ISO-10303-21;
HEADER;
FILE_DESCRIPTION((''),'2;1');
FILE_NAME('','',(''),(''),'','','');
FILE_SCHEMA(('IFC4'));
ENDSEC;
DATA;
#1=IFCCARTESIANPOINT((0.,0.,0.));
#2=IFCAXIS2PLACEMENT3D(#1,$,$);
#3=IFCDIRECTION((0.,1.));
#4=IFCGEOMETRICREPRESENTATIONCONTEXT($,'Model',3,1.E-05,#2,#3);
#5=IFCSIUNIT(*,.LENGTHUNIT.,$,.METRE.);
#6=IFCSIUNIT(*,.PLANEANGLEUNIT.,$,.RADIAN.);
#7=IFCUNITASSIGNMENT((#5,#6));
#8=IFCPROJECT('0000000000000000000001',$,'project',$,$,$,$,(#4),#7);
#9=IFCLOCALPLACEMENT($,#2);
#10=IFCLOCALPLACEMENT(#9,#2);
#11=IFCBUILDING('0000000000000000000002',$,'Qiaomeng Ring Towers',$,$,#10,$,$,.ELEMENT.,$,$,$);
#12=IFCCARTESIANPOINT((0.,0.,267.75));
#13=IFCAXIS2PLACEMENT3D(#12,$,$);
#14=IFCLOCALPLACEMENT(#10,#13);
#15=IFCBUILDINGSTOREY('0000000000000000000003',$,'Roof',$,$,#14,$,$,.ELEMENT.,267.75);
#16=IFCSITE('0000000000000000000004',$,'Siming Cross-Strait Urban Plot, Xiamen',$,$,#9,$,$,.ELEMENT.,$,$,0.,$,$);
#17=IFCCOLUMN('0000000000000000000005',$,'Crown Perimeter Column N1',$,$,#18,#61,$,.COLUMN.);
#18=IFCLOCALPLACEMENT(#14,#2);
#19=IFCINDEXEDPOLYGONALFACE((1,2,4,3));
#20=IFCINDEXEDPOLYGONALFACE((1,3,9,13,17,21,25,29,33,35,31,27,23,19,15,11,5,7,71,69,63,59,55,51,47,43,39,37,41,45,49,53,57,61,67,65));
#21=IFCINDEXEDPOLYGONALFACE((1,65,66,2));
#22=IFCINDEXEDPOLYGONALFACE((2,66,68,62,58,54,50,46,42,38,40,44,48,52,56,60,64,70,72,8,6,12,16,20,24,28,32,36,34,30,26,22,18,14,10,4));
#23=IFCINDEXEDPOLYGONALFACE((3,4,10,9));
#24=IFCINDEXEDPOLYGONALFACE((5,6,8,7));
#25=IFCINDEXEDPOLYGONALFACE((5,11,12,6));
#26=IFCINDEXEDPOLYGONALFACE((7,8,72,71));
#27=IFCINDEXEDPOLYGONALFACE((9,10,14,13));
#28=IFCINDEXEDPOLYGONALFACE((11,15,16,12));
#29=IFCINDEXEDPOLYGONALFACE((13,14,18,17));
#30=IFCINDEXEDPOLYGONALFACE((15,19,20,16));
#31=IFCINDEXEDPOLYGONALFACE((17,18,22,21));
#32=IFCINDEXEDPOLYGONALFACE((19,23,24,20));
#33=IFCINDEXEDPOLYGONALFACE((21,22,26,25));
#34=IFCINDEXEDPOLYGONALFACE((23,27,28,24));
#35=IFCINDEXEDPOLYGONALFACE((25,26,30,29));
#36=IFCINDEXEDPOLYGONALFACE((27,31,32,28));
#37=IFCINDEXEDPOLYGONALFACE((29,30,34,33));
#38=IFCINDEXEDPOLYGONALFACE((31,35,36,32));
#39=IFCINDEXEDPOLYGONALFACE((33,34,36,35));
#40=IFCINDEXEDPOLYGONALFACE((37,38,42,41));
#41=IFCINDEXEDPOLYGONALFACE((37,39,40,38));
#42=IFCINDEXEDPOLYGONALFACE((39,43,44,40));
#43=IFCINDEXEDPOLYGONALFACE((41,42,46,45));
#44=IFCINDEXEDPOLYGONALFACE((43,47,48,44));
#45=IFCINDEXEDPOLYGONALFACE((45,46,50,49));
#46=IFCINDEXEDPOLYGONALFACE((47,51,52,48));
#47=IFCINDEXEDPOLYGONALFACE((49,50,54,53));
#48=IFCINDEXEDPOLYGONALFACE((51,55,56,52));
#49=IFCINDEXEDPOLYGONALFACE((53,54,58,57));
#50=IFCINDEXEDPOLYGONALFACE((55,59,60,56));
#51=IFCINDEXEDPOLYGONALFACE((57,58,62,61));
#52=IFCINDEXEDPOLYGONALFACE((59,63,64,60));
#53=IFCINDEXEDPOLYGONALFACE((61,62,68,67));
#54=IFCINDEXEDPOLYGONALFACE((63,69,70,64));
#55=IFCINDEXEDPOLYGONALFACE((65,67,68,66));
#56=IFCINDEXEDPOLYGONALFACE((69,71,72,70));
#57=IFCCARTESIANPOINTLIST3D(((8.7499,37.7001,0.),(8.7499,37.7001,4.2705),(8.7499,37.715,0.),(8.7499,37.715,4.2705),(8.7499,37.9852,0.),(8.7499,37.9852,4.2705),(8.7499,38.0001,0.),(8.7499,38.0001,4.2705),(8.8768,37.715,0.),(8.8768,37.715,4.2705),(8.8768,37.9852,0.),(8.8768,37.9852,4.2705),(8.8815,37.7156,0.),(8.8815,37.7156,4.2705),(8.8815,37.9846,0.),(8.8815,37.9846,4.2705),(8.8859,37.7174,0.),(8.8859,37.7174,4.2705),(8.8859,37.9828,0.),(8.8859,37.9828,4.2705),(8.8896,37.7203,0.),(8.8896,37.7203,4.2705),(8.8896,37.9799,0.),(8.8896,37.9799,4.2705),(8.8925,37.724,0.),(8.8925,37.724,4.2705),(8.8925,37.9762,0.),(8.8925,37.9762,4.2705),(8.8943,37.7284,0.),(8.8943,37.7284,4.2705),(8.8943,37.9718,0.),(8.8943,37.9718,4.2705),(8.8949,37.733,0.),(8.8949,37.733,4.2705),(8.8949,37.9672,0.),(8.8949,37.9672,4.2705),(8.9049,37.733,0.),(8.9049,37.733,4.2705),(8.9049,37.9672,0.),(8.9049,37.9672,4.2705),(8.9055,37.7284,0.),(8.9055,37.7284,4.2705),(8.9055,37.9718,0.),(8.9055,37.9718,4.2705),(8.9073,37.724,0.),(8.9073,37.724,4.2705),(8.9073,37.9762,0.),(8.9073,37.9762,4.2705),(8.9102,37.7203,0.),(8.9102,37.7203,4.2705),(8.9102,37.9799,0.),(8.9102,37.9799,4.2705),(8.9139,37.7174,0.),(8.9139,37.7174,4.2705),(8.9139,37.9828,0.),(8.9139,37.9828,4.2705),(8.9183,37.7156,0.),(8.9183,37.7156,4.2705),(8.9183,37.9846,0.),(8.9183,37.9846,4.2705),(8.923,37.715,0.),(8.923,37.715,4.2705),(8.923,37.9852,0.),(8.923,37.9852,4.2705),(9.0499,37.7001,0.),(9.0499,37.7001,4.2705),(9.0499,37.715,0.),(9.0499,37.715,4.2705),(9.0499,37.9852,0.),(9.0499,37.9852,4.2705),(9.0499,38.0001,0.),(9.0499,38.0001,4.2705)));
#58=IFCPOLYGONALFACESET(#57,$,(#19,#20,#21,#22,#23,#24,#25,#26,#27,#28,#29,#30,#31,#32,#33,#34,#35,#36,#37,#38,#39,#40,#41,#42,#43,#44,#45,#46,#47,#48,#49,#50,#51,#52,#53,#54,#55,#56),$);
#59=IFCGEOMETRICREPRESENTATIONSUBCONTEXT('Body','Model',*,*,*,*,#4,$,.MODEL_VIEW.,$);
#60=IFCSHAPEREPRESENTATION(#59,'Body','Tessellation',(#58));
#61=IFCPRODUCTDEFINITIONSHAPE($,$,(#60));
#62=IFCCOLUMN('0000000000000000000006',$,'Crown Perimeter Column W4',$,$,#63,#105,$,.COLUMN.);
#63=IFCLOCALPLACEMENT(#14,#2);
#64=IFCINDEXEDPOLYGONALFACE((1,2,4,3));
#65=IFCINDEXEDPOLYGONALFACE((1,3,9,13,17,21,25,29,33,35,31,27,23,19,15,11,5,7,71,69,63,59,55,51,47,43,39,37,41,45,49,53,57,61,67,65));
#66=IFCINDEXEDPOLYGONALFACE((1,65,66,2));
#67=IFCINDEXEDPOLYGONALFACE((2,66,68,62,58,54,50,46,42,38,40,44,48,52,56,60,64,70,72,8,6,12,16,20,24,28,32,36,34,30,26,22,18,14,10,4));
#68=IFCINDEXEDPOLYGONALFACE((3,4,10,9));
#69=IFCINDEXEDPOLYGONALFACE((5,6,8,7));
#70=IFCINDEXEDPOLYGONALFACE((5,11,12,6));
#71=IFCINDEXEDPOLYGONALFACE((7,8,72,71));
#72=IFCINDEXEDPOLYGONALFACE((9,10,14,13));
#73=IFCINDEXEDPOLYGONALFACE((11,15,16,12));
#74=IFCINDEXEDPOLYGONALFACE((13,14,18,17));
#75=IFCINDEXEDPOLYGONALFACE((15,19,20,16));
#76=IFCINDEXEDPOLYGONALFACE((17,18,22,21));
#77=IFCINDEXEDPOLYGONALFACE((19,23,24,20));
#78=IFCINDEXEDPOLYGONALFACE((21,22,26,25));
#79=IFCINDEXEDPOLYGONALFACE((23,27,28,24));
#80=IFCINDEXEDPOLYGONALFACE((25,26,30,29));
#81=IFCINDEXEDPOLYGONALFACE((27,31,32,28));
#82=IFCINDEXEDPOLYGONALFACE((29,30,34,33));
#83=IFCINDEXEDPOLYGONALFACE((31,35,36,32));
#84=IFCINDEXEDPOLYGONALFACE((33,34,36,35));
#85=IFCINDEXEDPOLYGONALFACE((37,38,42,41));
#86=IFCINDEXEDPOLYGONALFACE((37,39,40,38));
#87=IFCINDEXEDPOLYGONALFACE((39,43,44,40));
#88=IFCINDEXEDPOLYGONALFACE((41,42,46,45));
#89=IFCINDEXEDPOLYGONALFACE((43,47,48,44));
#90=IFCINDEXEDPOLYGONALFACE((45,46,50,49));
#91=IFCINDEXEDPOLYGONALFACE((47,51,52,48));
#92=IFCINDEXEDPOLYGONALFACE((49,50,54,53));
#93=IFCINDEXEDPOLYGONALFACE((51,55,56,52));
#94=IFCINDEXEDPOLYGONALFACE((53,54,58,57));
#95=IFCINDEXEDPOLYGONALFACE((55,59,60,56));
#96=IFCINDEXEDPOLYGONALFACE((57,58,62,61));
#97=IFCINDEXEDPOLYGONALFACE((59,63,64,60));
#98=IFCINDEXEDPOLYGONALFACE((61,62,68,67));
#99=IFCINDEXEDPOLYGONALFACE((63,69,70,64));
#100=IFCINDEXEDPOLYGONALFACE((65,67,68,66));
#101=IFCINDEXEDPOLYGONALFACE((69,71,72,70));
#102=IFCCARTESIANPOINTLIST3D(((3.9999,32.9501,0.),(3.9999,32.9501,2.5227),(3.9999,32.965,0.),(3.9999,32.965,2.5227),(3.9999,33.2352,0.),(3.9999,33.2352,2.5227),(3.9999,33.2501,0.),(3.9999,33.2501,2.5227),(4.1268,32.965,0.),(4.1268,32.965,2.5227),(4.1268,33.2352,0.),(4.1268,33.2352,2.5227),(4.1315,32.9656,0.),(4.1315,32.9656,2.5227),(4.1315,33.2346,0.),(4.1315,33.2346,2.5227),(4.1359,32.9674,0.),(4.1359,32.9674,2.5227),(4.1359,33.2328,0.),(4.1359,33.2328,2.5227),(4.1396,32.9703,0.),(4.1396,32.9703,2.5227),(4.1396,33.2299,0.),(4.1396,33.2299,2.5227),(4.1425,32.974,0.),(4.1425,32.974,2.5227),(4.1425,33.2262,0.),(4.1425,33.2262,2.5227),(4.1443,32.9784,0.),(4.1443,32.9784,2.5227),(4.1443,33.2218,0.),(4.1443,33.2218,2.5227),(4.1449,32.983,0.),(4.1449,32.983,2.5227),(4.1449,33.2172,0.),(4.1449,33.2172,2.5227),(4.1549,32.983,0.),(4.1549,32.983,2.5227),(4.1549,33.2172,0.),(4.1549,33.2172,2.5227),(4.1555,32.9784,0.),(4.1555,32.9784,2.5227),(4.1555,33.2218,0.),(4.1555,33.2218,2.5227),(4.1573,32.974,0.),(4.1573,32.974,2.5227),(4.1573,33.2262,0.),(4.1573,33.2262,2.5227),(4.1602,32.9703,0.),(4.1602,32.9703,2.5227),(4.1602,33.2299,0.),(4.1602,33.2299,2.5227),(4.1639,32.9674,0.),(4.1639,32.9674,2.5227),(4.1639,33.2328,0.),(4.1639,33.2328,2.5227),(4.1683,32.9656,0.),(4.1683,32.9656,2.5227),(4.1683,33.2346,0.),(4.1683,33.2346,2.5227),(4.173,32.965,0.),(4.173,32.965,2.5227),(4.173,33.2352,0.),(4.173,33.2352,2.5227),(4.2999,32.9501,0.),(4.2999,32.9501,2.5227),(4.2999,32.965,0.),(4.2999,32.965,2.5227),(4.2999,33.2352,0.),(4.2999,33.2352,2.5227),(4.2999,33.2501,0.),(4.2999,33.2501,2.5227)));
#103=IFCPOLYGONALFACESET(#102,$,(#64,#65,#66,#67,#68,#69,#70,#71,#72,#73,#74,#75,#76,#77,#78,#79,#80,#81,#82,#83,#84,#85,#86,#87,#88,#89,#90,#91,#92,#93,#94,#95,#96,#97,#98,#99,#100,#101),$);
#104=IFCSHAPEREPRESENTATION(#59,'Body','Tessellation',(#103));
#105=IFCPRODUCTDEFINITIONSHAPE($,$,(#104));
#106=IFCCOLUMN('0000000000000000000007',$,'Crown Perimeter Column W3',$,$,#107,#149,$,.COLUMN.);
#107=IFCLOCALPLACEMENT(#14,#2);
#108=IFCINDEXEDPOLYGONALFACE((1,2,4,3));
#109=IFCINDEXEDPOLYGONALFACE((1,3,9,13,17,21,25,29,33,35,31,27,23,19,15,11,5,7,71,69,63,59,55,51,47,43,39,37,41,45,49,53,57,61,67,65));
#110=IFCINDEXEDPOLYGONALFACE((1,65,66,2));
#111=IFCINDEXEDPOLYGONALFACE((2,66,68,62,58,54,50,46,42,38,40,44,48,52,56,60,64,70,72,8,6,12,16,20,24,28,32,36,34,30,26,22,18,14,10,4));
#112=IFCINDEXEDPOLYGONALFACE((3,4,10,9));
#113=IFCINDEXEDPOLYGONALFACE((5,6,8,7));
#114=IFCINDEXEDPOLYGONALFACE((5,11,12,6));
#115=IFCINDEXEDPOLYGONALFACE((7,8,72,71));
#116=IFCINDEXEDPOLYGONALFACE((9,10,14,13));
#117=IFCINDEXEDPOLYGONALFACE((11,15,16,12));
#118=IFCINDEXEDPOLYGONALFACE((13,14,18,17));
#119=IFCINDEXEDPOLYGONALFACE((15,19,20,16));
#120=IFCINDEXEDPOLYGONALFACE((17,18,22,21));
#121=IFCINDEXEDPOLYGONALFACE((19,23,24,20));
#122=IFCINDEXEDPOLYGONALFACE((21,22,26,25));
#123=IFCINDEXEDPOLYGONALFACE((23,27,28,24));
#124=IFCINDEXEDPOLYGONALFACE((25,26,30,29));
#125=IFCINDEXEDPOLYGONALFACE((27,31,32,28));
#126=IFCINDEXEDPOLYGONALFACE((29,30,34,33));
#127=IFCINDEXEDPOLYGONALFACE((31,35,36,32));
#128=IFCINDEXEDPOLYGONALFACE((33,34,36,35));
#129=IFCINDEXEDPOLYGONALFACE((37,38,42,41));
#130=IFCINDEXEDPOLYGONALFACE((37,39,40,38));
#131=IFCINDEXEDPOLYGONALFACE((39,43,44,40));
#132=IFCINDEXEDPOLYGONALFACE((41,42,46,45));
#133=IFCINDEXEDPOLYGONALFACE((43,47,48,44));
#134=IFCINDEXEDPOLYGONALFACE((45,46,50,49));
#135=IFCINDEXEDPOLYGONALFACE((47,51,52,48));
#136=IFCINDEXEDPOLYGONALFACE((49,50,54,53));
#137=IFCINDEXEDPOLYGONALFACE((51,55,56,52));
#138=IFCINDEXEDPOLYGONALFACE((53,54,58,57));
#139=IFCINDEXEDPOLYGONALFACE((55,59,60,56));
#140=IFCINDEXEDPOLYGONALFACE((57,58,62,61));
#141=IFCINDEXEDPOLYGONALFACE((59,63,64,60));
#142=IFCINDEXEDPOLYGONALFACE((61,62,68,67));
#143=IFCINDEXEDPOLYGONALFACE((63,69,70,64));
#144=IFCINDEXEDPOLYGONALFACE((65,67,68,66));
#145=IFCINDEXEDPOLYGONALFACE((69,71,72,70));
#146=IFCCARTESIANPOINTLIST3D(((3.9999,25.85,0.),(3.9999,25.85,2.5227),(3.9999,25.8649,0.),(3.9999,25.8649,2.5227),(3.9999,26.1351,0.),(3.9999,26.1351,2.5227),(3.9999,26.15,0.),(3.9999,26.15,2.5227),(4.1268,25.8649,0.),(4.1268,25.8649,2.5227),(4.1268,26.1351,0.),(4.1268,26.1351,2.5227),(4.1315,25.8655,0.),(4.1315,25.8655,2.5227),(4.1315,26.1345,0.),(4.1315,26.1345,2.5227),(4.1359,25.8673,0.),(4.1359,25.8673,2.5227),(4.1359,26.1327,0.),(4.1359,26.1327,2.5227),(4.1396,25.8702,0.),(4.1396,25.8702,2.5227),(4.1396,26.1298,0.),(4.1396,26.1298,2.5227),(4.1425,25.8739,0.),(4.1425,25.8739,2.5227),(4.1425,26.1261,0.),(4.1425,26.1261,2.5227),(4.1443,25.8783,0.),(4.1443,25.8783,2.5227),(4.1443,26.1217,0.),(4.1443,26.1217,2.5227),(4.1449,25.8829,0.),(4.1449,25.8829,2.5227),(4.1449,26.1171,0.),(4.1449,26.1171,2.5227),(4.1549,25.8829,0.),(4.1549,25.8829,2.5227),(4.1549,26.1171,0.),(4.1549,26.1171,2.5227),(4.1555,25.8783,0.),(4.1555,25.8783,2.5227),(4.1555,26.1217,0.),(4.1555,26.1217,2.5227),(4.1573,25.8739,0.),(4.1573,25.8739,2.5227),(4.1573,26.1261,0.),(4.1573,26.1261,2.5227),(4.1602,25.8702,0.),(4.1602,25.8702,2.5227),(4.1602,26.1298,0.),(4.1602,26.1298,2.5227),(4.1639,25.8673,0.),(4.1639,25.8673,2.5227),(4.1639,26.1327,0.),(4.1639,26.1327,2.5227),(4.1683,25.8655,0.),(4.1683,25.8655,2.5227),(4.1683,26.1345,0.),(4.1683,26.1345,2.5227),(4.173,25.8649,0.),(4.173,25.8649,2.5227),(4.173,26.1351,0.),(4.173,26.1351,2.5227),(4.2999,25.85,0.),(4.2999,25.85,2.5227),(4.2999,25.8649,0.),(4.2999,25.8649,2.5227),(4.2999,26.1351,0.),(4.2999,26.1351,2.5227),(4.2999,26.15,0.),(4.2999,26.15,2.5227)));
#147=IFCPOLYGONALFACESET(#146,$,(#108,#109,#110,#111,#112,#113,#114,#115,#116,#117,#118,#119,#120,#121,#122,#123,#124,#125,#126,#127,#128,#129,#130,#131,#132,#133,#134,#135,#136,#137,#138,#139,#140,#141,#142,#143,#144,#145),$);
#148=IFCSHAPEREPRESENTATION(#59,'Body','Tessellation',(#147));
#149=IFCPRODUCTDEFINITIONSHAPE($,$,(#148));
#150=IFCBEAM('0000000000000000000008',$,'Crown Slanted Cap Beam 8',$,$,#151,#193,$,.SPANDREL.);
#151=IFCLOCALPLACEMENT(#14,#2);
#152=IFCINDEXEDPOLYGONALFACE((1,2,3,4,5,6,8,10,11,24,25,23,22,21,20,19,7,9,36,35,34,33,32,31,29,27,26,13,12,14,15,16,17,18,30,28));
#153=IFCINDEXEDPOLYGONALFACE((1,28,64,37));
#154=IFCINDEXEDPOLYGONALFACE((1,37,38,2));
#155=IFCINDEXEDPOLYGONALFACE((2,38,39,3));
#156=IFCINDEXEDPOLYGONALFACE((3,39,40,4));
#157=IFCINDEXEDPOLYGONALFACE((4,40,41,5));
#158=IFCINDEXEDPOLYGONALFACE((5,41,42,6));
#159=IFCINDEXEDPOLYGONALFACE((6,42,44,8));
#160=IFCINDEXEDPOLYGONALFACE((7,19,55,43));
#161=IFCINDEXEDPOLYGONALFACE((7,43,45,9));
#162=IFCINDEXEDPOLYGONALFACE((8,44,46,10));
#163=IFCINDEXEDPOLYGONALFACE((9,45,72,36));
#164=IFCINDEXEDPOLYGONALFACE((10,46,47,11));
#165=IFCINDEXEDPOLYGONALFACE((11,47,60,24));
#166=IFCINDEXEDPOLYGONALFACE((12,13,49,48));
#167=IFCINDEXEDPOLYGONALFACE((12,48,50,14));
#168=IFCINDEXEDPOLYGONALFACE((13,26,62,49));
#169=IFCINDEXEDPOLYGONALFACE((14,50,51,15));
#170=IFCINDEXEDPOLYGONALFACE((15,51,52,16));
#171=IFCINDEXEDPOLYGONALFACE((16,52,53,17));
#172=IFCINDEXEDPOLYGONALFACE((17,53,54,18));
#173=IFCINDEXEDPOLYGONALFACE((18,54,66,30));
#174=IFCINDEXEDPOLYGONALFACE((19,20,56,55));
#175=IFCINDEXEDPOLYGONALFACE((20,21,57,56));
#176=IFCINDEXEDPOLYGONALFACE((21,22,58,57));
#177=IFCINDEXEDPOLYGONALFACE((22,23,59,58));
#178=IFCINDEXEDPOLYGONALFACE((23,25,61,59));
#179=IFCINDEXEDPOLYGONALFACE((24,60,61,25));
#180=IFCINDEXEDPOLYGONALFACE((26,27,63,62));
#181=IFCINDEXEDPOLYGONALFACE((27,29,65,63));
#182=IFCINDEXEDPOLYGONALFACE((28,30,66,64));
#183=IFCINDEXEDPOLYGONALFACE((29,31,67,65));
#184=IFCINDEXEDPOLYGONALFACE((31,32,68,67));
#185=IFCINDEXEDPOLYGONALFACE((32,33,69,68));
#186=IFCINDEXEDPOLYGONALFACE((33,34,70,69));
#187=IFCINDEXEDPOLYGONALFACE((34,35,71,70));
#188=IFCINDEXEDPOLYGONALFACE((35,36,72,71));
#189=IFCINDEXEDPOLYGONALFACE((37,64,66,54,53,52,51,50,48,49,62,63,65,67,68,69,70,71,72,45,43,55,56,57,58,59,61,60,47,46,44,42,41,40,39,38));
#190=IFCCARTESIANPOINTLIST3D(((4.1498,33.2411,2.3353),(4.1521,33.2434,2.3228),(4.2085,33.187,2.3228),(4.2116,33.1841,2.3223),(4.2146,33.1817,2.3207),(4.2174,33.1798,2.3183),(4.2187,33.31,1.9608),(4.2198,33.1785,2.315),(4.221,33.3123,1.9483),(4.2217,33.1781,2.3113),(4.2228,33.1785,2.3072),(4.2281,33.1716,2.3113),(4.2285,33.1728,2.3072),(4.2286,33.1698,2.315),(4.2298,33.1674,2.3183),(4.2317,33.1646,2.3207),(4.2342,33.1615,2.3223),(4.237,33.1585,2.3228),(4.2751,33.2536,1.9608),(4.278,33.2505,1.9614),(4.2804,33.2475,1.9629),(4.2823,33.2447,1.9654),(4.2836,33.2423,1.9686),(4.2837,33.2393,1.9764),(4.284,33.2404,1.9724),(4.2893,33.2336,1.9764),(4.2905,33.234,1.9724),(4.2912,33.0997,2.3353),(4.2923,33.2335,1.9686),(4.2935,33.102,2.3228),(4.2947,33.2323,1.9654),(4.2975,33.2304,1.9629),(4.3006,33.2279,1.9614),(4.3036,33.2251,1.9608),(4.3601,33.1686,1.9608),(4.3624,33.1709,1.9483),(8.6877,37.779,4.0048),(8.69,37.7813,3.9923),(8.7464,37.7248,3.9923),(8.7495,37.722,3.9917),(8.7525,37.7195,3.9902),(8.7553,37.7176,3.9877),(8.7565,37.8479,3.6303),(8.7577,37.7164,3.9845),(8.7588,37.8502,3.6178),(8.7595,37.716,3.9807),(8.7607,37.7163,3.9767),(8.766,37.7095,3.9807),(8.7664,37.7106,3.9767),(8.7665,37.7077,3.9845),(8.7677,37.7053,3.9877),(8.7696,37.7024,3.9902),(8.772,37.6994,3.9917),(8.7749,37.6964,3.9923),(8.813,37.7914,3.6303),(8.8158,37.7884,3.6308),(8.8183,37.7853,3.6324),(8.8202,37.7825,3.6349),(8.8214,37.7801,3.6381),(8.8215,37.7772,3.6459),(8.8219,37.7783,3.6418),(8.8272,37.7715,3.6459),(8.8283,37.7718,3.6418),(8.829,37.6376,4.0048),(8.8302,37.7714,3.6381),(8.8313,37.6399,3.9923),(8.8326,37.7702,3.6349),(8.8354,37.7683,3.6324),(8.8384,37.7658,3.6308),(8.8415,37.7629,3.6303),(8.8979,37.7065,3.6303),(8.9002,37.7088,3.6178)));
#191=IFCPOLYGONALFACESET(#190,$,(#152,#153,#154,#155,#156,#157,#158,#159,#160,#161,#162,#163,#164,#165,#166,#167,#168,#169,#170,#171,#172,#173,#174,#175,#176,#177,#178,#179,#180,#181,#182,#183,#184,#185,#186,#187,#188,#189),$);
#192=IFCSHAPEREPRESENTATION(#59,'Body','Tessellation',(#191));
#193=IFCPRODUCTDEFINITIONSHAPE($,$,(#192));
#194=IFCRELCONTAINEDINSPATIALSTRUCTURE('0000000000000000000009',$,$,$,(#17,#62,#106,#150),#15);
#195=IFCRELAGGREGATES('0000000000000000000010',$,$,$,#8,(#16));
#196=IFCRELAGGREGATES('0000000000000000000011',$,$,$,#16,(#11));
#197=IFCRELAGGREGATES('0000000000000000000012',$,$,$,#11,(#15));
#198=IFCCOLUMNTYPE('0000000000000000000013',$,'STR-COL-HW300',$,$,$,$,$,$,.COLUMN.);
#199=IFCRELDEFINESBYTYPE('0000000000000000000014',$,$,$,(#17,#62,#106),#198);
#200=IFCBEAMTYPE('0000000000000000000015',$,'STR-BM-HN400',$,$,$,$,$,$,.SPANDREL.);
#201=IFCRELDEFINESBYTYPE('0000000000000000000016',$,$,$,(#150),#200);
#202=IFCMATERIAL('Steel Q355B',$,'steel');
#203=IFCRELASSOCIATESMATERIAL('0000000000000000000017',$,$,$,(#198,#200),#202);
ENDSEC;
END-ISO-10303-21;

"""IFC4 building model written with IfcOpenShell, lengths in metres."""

from ifc_helpers import new_model, si_unit, direction, frame, origin, origin_2d, place, context, subcontext, project, spatial, i_section, extrude, source, transform, mapped, material, material_profile, profile_set, type_object, element, save


model = new_model("IFC4")

# Units and contexts
model_context = context("Model", 3, precision=1e-05, world=origin(), true_north=direction((0.0, 1.0)))
body_context = subcontext(model_context, "Body", "Model", "MODEL_VIEW")
ifc_project = project(units=[si_unit("LENGTHUNIT", "METRE"), si_unit("PLANEANGLEUNIT", "RADIAN")], contexts=[model_context])

# Site, building, storey
site_placement = place(None, origin())
site = spatial("IfcSite", under=ifc_project, at=site_placement, Name="Siming Cross-Strait Urban Plot, Xiamen", CompositionType="ELEMENT", RefElevation=0.0)
building_placement = place(site_placement, origin())
building = spatial("IfcBuilding", under=site, at=building_placement, Name="Qiaomeng Ring Towers", CompositionType="ELEMENT")
storey_placement = place(building_placement, frame((0.0, 0.0, 267.75)))
storey = spatial("IfcBuildingStorey", under=building, at=storey_placement, Name="Roof", CompositionType="ELEMENT", Elevation=267.75)

# Columns
ifc_material_1 = material(Name="Steel Q355B", Category="steel")
ifc_material_profile_1 = material_profile(ifc_material_1, i_section(OverallWidth=0.3, OverallDepth=0.3, WebThickness=0.01, FlangeThickness=0.0149, FilletRadius=0.0181, at=origin_2d()), Name="HW 300x300x10x15")
ifc_profile_set_1 = profile_set([ifc_material_profile_1], Name="Steel Q355B")
column_type = type_object("IfcColumnType", Name="STR-COL-HW300", PredefinedType="COLUMN", material=ifc_profile_set_1)
shared_shape_1 = source(origin(), body_context, "Body", "SweptSolid", [
    extrude(i_section(OverallWidth=0.3, OverallDepth=0.3, WebThickness=0.01, FlangeThickness=0.0149, FilletRadius=0.0181, at=origin_2d()), origin(), (0.0, 0.0, 1.0), 4.2705),
])
column_placement = place(storey_placement, frame((8.8999, 37.8501, 0.0), z_axis=(0.0, 0.0, 1.0), x_axis=(1.0, 0.0, 0.0)))
element("IfcColumn", 1, at=column_placement, inside=storey, type_object=column_type, Name="Crown Perimeter Column N1", PredefinedType="COLUMN", context=body_context, shape_type="MappedRepresentation", body=[
    mapped(shared_shape_1, transform((0.0, 0.0, 0.0), x_axis=(1.0, 0.0, 0.0), y_axis=(0.0, 1.0, 0.0), z_axis=(0.0, 0.0, 1.0), scale=1.0)),
])
shared_shape_2 = source(origin(), body_context, "Body", "SweptSolid", [
    extrude(i_section(OverallWidth=0.3, OverallDepth=0.3, WebThickness=0.01, FlangeThickness=0.0149, FilletRadius=0.0181, at=origin_2d()), origin(), (0.0, 0.0, 1.0), 2.5227),
])
for number, where, z_axis, x_axis, name in (
    (2, (4.1499, 33.1001, 0.0), (0.0, 0.0, 1.0), (1.0, 0.0, 0.0), "Crown Perimeter Column W4"),
    (3, (4.1499, 26.0, 0.0), (0.0, 0.0, 1.0), (1.0, 0.0, 0.0), "Crown Perimeter Column W3"),
):
    element("IfcColumn", number, at=place(storey_placement, frame(where, z_axis=z_axis, x_axis=x_axis)), inside=storey, type_object=column_type, Name=name, PredefinedType="COLUMN", context=body_context, shape_type="MappedRepresentation", body=[
        mapped(shared_shape_2, transform((0.0, 0.0, 0.0), x_axis=(1.0, 0.0, 0.0), y_axis=(0.0, 1.0, 0.0), z_axis=(0.0, 0.0, 1.0), scale=1.0)),
    ])

# Beam
ifc_material_profile_2 = material_profile(ifc_material_1, i_section(OverallWidth=0.2, OverallDepth=0.3999, WebThickness=0.0081, FlangeThickness=0.0129, FilletRadius=0.0161, at=origin_2d()), Name="HN 400x200x8x13")
ifc_profile_set_2 = profile_set([ifc_material_profile_2], Name="Steel Q355B")
beam_type = type_object("IfcBeamType", Name="STR-BM-HN400", PredefinedType="SPANDREL", material=ifc_profile_set_2)
shared_shape_3 = source(origin(), body_context, "Body", "SweptSolid", [
    extrude(i_section(OverallWidth=0.2, OverallDepth=0.3999, WebThickness=0.0081, FlangeThickness=0.0129, FilletRadius=0.0161, at=origin_2d()), origin(), (0.0, 0.0, 1.0), 6.6311),
])
beam_1_placement = place(storey_placement, frame((8.7939, 37.7439, 3.8113), z_axis=(-0.684331, -0.684331, -0.251759), x_axis=(0.707107, -0.707107, 0.0)))
element("IfcBeam", 4, at=beam_1_placement, inside=storey, type_object=beam_type, Name="Crown Slanted Cap Beam 8", PredefinedType="SPANDREL", context=body_context, shape_type="MappedRepresentation", body=[
    mapped(shared_shape_3, transform((0.0, 0.0, 0.0), x_axis=(1.0, 0.0, 0.0), y_axis=(0.0, 1.0, 0.0), z_axis=(0.0, 0.0, 1.0), scale=1.0)),
])

save(model, "model.ifc")
